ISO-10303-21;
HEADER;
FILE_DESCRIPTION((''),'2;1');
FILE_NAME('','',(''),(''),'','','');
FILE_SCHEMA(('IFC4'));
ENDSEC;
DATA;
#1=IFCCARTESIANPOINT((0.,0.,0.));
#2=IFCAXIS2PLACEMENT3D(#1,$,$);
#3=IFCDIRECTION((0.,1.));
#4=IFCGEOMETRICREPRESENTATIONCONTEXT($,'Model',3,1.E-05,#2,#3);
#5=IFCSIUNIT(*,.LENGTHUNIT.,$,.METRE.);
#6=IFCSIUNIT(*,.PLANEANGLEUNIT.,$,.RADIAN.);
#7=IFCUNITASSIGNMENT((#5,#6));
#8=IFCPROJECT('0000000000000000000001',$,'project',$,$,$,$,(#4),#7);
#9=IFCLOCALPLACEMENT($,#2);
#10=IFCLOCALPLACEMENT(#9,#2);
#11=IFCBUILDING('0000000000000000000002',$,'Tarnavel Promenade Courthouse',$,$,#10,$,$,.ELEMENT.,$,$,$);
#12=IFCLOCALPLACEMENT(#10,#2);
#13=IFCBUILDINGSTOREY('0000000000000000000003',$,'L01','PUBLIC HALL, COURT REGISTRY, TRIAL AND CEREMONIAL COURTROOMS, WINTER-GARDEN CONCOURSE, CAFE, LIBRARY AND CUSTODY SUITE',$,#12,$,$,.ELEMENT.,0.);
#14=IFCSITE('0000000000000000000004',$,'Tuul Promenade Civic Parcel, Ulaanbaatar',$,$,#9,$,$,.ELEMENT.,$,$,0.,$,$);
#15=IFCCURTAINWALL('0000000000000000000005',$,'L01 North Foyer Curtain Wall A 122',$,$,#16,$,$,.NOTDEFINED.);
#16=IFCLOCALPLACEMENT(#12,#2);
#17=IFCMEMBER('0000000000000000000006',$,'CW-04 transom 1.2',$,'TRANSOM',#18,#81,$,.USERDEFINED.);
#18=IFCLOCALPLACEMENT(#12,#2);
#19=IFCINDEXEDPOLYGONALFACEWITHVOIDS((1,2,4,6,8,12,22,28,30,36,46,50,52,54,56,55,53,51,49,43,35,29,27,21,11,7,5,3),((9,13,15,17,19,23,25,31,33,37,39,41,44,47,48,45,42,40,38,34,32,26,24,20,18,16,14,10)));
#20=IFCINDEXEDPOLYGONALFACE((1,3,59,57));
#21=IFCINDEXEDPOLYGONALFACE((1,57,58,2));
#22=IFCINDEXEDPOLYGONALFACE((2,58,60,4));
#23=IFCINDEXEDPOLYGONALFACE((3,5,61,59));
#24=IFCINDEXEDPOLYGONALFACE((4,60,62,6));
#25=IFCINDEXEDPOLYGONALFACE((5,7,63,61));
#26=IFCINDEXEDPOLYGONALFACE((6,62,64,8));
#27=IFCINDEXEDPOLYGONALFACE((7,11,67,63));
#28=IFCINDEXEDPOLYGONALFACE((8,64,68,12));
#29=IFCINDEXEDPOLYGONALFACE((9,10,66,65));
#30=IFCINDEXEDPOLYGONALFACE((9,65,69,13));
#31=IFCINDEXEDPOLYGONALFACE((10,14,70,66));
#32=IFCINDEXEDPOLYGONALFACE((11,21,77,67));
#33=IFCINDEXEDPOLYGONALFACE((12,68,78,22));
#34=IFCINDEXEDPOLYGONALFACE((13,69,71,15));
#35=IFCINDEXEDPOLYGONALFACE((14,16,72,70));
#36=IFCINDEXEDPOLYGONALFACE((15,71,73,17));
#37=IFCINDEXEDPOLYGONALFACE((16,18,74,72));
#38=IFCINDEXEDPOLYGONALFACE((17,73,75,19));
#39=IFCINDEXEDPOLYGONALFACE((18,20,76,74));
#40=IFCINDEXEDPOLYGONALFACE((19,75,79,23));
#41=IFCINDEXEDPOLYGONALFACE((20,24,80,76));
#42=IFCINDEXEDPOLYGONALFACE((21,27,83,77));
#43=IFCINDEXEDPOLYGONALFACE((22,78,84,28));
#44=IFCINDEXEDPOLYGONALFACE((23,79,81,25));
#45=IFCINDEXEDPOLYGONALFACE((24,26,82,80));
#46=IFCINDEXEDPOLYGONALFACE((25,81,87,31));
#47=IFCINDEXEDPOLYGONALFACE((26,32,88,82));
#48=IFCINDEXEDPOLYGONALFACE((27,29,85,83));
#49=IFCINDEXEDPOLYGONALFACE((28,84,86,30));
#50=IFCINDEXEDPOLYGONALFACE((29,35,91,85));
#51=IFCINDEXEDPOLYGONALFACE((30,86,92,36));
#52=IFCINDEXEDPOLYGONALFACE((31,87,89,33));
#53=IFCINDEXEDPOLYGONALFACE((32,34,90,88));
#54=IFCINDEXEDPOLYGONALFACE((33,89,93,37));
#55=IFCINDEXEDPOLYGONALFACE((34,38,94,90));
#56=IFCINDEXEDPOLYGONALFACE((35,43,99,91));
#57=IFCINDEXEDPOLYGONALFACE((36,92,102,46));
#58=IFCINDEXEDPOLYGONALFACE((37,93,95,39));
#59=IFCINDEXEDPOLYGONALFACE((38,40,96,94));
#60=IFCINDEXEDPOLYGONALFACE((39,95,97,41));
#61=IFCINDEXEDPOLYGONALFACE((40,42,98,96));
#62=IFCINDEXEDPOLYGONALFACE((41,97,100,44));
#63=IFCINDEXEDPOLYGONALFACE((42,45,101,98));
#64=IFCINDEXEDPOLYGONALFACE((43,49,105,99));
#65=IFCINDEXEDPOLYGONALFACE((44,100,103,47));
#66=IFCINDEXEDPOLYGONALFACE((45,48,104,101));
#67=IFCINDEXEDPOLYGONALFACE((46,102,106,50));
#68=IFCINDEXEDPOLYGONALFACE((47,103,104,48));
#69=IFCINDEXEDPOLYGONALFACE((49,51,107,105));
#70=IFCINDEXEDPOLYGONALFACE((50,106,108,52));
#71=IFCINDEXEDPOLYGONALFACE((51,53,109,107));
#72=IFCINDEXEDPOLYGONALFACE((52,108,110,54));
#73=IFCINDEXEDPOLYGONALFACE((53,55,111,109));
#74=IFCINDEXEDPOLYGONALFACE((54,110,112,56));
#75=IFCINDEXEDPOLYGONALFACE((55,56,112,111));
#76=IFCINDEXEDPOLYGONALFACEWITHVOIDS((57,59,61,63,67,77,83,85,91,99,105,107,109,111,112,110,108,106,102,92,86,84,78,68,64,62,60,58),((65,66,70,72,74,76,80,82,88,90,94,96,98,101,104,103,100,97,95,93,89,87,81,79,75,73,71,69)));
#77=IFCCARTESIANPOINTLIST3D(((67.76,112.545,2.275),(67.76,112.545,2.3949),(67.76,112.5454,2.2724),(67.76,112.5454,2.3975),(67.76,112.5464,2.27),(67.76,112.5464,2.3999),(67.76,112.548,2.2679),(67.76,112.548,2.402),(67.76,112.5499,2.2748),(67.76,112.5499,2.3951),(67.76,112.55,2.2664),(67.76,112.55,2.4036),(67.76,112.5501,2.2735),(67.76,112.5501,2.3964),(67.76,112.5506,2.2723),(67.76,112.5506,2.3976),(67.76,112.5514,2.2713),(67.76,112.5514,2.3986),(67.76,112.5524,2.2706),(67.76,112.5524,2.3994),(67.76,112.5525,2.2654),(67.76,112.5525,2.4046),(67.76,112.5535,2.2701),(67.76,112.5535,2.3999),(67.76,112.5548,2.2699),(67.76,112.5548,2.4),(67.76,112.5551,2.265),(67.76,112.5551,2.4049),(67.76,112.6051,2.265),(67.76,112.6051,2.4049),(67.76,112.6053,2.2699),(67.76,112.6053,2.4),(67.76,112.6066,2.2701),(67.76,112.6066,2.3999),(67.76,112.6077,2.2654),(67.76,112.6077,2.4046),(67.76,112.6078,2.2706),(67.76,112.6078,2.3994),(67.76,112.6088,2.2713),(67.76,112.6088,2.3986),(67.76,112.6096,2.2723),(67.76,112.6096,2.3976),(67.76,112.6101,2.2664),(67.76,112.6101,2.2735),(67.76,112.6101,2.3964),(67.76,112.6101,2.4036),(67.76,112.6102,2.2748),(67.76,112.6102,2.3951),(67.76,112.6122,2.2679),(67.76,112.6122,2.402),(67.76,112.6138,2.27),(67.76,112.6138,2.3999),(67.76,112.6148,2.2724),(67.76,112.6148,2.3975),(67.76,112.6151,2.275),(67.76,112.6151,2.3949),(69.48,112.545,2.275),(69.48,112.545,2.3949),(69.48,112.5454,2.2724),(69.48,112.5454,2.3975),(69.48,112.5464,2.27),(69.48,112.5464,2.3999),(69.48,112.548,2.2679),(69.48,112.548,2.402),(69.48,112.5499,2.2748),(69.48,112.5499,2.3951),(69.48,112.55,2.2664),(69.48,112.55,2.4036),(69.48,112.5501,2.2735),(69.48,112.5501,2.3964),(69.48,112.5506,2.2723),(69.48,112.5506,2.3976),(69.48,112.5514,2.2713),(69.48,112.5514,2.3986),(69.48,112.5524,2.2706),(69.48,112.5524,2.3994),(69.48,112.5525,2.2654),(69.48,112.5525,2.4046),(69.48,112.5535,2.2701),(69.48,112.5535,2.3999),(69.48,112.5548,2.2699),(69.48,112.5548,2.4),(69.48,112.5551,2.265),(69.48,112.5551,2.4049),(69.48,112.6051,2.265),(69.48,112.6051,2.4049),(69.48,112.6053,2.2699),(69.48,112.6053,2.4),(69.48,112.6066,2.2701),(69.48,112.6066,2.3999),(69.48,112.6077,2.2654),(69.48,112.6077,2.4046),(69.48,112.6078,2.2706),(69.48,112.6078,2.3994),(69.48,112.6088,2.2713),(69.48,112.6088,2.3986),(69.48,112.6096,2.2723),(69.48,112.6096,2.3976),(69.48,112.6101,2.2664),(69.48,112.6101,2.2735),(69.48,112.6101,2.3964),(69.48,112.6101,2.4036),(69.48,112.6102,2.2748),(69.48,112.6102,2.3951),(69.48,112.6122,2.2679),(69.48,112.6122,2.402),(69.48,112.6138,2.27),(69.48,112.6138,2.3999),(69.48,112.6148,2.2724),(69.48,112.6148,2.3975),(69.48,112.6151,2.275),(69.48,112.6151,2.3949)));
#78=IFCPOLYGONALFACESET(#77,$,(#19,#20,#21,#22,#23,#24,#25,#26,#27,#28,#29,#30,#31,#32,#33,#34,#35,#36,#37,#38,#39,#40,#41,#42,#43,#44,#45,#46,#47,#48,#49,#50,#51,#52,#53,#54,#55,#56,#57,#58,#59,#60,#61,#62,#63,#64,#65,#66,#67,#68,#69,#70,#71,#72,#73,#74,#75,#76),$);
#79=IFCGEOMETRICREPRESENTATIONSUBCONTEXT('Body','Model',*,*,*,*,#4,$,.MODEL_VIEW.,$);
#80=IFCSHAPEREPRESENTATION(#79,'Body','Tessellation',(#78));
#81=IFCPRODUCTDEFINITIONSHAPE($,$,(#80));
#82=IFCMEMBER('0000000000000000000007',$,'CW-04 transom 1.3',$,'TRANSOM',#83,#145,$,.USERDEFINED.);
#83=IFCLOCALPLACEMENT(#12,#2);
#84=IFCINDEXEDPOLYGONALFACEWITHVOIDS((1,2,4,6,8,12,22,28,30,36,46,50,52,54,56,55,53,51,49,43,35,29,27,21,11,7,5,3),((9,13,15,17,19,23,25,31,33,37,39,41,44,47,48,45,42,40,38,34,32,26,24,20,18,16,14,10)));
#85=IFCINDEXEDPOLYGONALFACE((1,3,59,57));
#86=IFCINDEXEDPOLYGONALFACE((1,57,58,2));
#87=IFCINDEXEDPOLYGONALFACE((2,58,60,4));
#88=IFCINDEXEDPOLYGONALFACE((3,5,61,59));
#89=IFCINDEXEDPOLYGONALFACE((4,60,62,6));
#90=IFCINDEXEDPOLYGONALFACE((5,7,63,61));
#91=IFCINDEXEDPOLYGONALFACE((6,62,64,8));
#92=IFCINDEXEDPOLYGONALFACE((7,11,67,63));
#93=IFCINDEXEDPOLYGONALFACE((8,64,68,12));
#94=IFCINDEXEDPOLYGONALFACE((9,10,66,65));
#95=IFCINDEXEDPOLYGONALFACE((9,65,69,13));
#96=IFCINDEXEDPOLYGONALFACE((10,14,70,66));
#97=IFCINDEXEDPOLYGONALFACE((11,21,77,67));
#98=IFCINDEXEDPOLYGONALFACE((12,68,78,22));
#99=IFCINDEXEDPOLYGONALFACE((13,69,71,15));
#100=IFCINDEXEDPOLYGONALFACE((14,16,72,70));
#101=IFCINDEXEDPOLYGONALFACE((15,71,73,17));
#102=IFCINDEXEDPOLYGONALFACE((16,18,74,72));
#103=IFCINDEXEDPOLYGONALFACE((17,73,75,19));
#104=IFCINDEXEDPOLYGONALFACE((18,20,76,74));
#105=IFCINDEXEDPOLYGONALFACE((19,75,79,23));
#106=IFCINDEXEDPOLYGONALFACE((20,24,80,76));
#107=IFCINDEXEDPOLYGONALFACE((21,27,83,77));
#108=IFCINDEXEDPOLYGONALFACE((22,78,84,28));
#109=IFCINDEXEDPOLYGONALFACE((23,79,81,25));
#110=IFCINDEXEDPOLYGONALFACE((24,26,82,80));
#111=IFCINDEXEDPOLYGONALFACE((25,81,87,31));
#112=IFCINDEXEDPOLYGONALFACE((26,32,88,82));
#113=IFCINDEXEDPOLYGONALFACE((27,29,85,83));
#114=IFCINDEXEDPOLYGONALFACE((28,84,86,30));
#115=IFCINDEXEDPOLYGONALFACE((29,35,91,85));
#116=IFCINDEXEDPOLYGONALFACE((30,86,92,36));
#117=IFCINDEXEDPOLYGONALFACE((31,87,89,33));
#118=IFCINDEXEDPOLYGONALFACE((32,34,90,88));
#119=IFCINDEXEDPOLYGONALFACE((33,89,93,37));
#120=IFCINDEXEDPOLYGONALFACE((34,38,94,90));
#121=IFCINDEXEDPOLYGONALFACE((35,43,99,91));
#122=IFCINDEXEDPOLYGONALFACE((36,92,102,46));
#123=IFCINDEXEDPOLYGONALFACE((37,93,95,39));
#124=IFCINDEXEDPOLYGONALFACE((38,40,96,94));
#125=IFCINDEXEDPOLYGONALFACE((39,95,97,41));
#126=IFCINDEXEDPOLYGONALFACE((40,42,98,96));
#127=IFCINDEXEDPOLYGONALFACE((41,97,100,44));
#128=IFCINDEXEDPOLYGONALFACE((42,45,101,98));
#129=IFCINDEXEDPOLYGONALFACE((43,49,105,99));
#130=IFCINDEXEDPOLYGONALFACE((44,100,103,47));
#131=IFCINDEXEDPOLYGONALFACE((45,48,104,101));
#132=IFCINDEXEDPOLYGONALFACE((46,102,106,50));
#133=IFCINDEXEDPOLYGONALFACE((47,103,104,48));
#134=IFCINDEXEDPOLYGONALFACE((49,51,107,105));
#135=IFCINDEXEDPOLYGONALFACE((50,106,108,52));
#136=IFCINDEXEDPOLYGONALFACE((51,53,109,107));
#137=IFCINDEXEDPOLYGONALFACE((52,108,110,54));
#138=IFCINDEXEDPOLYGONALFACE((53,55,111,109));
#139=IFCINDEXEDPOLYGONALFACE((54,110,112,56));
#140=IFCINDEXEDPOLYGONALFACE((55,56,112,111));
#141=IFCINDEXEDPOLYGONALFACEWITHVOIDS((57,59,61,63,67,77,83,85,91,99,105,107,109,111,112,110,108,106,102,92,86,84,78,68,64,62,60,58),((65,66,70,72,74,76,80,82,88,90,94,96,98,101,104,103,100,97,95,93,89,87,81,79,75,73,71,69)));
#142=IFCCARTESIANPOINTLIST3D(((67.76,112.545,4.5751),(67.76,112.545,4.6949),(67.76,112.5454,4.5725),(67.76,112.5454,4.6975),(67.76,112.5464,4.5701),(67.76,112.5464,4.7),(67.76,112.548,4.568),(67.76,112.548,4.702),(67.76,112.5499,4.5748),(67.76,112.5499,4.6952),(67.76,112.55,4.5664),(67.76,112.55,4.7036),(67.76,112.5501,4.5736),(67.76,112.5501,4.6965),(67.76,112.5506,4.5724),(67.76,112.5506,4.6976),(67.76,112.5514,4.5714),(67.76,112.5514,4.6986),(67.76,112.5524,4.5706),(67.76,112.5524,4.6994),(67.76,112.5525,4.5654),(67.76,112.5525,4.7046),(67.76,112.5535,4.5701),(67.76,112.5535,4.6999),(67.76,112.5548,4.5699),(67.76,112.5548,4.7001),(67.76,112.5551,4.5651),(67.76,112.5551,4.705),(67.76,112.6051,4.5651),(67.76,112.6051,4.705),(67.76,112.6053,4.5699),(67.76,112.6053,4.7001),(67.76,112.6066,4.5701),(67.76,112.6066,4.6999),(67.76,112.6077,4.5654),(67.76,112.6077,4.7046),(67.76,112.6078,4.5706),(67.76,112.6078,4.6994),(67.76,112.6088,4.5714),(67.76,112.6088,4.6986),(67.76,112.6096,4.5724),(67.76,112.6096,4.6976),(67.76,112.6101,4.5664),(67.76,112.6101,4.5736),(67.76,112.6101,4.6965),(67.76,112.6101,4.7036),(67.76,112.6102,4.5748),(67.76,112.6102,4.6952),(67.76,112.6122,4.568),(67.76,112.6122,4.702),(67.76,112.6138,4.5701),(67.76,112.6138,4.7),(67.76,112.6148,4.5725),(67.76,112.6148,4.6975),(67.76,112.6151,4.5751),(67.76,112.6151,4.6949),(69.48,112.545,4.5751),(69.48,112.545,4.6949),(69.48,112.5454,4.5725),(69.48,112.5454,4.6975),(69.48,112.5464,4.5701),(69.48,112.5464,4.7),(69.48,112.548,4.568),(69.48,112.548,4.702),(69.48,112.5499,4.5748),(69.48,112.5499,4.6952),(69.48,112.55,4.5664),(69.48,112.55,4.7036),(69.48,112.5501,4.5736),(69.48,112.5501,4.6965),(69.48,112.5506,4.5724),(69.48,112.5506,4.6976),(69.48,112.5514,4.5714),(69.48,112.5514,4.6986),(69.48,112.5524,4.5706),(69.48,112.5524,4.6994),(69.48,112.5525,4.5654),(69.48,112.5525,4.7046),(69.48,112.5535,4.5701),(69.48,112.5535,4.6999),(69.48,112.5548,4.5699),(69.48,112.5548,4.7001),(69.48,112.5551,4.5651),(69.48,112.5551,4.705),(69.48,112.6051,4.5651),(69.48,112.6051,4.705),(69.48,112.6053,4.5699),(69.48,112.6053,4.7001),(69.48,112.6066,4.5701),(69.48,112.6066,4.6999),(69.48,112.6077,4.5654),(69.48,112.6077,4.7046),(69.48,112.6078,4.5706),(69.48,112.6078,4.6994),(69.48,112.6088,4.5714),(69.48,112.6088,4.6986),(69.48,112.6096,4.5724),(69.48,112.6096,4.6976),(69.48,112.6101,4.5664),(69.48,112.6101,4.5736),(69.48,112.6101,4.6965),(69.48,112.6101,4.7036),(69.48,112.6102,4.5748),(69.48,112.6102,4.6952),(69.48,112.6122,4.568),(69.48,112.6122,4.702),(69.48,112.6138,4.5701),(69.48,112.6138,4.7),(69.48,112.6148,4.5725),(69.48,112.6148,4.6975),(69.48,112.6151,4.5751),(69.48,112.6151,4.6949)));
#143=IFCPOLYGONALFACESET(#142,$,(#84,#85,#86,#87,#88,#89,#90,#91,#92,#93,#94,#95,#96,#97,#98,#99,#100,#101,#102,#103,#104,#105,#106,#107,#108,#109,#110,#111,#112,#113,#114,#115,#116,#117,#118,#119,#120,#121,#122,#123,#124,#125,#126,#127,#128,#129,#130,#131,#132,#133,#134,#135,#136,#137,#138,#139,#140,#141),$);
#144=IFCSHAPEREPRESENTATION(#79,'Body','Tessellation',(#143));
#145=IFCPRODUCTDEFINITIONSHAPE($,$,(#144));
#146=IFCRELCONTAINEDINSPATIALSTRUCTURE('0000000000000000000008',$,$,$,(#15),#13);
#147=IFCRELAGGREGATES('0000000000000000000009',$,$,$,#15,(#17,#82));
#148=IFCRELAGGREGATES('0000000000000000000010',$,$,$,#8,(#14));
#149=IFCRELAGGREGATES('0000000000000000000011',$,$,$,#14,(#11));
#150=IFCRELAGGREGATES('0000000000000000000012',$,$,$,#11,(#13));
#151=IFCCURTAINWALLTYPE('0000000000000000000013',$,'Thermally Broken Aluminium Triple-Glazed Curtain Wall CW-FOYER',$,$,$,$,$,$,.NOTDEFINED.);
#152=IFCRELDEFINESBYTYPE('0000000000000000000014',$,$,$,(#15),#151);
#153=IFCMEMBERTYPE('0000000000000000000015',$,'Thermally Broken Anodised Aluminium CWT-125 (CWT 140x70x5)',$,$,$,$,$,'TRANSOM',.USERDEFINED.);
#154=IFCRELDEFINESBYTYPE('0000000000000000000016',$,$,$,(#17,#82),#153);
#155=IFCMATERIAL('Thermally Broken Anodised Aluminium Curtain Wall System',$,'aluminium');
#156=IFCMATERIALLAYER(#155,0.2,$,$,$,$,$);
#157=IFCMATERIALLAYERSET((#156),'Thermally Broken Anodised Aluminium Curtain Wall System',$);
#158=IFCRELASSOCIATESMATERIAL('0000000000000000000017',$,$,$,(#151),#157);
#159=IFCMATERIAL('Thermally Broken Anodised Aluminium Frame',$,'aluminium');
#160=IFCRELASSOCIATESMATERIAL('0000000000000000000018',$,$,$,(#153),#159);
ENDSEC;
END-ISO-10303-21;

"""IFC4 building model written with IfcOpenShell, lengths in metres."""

from ifc_helpers import new_model, si_unit, direction, frame, origin, origin_2d, place, context, subcontext, project, spatial, hollow_rectangle, extrude, material, layer, layer_set, material_profile, profile_set, type_object, element, aggregate, save


model = new_model("IFC4")

# Units and contexts
model_context = context("Model", 3, precision=1e-05, world=origin(), true_north=direction((0.0, 1.0)))
body_context = subcontext(model_context, "Body", "Model", "MODEL_VIEW")
ifc_project = project(units=[si_unit("LENGTHUNIT", "METRE"), si_unit("PLANEANGLEUNIT", "RADIAN")], contexts=[model_context])

# Site, building, storey
site_placement = place(None, origin())
site = spatial("IfcSite", under=ifc_project, at=site_placement, Name="Tuul Promenade Civic Parcel, Ulaanbaatar", CompositionType="ELEMENT", RefElevation=0.0)
building_placement = place(site_placement, origin())
building = spatial("IfcBuilding", under=site, at=building_placement, Name="Tarnavel Promenade Courthouse", CompositionType="ELEMENT")
storey_placement = place(building_placement, origin())
storey = spatial("IfcBuildingStorey", under=building, at=storey_placement, Name="L01", Description="PUBLIC HALL, COURT REGISTRY, TRIAL AND CEREMONIAL COURTROOMS, WINTER-GARDEN CONCOURSE, CAFE, LIBRARY AND CUSTODY SUITE", CompositionType="ELEMENT", Elevation=0.0)

# Curtain wall, members
ifc_material_1 = material(Name="Thermally Broken Anodised Aluminium Curtain Wall System", Category="aluminium")
ifc_layer_1 = layer(ifc_material_1, 0.2)
ifc_layer_set_1 = layer_set([ifc_layer_1], Name="Thermally Broken Anodised Aluminium Curtain Wall System")
curtain_wall_type = type_object("IfcCurtainWallType", Name="Thermally Broken Aluminium Triple-Glazed Curtain Wall CW-FOYER", PredefinedType="NOTDEFINED", material=ifc_layer_set_1)
curtain_wall_placement = place(storey_placement, origin())
curtain_wall = element("IfcCurtainWall", 1, at=curtain_wall_placement, inside=storey, type_object=curtain_wall_type, Name="L01 North Foyer Curtain Wall A 122", PredefinedType="NOTDEFINED")
ifc_material_2 = material(Name="Thermally Broken Anodised Aluminium Frame", Category="aluminium")
ifc_material_profile_1 = material_profile(ifc_material_2, hollow_rectangle(XDim=0.0701, YDim=0.1399, WallThickness=0.0049, InnerFilletRadius=0.0049, OuterFilletRadius=0.01, at=origin_2d()), Name="CWT 140x70x5")
ifc_profile_set_1 = profile_set([ifc_material_profile_1], Name="Thermally Broken Anodised Aluminium Frame")
member_type_1 = type_object("IfcMemberType", Name="Thermally Broken Anodised Aluminium CWT-125 (CWT 140x70x5)", ElementType="TRANSOM", PredefinedType="USERDEFINED", material=ifc_profile_set_1)
member_1_placement = place(storey_placement, frame((67.76, 112.5801, 2.335), z_axis=(1.0, 0.0, 0.0), x_axis=(0.0, 1.0, 0.0)))
member_1 = element("IfcMember", 2, at=member_1_placement, type_object=member_type_1, Name="CW-04 transom 1.2", ObjectType="TRANSOM", PredefinedType="USERDEFINED", context=body_context, shape_type="SweptSolid", body=[
    extrude(hollow_rectangle(XDim=0.0701, YDim=0.1399, WallThickness=0.0049, InnerFilletRadius=0.0049, OuterFilletRadius=0.01, at=origin_2d()), origin(), (0.0, 0.0, 1.0), 1.72),
])
member_2_placement = place(storey_placement, frame((67.76, 112.5801, 4.635), z_axis=(1.0, 0.0, 0.0), x_axis=(0.0, 1.0, 0.0)))
member_2 = element("IfcMember", 3, at=member_2_placement, type_object=member_type_1, Name="CW-04 transom 1.3", ObjectType="TRANSOM", PredefinedType="USERDEFINED", context=body_context, shape_type="SweptSolid", body=[
    extrude(hollow_rectangle(XDim=0.0701, YDim=0.1399, WallThickness=0.0049, InnerFilletRadius=0.0049, OuterFilletRadius=0.01, at=origin_2d()), origin(), (0.0, 0.0, 1.0), 1.72),
])
aggregate(curtain_wall, [member_1, member_2])

save(model, "model.ifc")
